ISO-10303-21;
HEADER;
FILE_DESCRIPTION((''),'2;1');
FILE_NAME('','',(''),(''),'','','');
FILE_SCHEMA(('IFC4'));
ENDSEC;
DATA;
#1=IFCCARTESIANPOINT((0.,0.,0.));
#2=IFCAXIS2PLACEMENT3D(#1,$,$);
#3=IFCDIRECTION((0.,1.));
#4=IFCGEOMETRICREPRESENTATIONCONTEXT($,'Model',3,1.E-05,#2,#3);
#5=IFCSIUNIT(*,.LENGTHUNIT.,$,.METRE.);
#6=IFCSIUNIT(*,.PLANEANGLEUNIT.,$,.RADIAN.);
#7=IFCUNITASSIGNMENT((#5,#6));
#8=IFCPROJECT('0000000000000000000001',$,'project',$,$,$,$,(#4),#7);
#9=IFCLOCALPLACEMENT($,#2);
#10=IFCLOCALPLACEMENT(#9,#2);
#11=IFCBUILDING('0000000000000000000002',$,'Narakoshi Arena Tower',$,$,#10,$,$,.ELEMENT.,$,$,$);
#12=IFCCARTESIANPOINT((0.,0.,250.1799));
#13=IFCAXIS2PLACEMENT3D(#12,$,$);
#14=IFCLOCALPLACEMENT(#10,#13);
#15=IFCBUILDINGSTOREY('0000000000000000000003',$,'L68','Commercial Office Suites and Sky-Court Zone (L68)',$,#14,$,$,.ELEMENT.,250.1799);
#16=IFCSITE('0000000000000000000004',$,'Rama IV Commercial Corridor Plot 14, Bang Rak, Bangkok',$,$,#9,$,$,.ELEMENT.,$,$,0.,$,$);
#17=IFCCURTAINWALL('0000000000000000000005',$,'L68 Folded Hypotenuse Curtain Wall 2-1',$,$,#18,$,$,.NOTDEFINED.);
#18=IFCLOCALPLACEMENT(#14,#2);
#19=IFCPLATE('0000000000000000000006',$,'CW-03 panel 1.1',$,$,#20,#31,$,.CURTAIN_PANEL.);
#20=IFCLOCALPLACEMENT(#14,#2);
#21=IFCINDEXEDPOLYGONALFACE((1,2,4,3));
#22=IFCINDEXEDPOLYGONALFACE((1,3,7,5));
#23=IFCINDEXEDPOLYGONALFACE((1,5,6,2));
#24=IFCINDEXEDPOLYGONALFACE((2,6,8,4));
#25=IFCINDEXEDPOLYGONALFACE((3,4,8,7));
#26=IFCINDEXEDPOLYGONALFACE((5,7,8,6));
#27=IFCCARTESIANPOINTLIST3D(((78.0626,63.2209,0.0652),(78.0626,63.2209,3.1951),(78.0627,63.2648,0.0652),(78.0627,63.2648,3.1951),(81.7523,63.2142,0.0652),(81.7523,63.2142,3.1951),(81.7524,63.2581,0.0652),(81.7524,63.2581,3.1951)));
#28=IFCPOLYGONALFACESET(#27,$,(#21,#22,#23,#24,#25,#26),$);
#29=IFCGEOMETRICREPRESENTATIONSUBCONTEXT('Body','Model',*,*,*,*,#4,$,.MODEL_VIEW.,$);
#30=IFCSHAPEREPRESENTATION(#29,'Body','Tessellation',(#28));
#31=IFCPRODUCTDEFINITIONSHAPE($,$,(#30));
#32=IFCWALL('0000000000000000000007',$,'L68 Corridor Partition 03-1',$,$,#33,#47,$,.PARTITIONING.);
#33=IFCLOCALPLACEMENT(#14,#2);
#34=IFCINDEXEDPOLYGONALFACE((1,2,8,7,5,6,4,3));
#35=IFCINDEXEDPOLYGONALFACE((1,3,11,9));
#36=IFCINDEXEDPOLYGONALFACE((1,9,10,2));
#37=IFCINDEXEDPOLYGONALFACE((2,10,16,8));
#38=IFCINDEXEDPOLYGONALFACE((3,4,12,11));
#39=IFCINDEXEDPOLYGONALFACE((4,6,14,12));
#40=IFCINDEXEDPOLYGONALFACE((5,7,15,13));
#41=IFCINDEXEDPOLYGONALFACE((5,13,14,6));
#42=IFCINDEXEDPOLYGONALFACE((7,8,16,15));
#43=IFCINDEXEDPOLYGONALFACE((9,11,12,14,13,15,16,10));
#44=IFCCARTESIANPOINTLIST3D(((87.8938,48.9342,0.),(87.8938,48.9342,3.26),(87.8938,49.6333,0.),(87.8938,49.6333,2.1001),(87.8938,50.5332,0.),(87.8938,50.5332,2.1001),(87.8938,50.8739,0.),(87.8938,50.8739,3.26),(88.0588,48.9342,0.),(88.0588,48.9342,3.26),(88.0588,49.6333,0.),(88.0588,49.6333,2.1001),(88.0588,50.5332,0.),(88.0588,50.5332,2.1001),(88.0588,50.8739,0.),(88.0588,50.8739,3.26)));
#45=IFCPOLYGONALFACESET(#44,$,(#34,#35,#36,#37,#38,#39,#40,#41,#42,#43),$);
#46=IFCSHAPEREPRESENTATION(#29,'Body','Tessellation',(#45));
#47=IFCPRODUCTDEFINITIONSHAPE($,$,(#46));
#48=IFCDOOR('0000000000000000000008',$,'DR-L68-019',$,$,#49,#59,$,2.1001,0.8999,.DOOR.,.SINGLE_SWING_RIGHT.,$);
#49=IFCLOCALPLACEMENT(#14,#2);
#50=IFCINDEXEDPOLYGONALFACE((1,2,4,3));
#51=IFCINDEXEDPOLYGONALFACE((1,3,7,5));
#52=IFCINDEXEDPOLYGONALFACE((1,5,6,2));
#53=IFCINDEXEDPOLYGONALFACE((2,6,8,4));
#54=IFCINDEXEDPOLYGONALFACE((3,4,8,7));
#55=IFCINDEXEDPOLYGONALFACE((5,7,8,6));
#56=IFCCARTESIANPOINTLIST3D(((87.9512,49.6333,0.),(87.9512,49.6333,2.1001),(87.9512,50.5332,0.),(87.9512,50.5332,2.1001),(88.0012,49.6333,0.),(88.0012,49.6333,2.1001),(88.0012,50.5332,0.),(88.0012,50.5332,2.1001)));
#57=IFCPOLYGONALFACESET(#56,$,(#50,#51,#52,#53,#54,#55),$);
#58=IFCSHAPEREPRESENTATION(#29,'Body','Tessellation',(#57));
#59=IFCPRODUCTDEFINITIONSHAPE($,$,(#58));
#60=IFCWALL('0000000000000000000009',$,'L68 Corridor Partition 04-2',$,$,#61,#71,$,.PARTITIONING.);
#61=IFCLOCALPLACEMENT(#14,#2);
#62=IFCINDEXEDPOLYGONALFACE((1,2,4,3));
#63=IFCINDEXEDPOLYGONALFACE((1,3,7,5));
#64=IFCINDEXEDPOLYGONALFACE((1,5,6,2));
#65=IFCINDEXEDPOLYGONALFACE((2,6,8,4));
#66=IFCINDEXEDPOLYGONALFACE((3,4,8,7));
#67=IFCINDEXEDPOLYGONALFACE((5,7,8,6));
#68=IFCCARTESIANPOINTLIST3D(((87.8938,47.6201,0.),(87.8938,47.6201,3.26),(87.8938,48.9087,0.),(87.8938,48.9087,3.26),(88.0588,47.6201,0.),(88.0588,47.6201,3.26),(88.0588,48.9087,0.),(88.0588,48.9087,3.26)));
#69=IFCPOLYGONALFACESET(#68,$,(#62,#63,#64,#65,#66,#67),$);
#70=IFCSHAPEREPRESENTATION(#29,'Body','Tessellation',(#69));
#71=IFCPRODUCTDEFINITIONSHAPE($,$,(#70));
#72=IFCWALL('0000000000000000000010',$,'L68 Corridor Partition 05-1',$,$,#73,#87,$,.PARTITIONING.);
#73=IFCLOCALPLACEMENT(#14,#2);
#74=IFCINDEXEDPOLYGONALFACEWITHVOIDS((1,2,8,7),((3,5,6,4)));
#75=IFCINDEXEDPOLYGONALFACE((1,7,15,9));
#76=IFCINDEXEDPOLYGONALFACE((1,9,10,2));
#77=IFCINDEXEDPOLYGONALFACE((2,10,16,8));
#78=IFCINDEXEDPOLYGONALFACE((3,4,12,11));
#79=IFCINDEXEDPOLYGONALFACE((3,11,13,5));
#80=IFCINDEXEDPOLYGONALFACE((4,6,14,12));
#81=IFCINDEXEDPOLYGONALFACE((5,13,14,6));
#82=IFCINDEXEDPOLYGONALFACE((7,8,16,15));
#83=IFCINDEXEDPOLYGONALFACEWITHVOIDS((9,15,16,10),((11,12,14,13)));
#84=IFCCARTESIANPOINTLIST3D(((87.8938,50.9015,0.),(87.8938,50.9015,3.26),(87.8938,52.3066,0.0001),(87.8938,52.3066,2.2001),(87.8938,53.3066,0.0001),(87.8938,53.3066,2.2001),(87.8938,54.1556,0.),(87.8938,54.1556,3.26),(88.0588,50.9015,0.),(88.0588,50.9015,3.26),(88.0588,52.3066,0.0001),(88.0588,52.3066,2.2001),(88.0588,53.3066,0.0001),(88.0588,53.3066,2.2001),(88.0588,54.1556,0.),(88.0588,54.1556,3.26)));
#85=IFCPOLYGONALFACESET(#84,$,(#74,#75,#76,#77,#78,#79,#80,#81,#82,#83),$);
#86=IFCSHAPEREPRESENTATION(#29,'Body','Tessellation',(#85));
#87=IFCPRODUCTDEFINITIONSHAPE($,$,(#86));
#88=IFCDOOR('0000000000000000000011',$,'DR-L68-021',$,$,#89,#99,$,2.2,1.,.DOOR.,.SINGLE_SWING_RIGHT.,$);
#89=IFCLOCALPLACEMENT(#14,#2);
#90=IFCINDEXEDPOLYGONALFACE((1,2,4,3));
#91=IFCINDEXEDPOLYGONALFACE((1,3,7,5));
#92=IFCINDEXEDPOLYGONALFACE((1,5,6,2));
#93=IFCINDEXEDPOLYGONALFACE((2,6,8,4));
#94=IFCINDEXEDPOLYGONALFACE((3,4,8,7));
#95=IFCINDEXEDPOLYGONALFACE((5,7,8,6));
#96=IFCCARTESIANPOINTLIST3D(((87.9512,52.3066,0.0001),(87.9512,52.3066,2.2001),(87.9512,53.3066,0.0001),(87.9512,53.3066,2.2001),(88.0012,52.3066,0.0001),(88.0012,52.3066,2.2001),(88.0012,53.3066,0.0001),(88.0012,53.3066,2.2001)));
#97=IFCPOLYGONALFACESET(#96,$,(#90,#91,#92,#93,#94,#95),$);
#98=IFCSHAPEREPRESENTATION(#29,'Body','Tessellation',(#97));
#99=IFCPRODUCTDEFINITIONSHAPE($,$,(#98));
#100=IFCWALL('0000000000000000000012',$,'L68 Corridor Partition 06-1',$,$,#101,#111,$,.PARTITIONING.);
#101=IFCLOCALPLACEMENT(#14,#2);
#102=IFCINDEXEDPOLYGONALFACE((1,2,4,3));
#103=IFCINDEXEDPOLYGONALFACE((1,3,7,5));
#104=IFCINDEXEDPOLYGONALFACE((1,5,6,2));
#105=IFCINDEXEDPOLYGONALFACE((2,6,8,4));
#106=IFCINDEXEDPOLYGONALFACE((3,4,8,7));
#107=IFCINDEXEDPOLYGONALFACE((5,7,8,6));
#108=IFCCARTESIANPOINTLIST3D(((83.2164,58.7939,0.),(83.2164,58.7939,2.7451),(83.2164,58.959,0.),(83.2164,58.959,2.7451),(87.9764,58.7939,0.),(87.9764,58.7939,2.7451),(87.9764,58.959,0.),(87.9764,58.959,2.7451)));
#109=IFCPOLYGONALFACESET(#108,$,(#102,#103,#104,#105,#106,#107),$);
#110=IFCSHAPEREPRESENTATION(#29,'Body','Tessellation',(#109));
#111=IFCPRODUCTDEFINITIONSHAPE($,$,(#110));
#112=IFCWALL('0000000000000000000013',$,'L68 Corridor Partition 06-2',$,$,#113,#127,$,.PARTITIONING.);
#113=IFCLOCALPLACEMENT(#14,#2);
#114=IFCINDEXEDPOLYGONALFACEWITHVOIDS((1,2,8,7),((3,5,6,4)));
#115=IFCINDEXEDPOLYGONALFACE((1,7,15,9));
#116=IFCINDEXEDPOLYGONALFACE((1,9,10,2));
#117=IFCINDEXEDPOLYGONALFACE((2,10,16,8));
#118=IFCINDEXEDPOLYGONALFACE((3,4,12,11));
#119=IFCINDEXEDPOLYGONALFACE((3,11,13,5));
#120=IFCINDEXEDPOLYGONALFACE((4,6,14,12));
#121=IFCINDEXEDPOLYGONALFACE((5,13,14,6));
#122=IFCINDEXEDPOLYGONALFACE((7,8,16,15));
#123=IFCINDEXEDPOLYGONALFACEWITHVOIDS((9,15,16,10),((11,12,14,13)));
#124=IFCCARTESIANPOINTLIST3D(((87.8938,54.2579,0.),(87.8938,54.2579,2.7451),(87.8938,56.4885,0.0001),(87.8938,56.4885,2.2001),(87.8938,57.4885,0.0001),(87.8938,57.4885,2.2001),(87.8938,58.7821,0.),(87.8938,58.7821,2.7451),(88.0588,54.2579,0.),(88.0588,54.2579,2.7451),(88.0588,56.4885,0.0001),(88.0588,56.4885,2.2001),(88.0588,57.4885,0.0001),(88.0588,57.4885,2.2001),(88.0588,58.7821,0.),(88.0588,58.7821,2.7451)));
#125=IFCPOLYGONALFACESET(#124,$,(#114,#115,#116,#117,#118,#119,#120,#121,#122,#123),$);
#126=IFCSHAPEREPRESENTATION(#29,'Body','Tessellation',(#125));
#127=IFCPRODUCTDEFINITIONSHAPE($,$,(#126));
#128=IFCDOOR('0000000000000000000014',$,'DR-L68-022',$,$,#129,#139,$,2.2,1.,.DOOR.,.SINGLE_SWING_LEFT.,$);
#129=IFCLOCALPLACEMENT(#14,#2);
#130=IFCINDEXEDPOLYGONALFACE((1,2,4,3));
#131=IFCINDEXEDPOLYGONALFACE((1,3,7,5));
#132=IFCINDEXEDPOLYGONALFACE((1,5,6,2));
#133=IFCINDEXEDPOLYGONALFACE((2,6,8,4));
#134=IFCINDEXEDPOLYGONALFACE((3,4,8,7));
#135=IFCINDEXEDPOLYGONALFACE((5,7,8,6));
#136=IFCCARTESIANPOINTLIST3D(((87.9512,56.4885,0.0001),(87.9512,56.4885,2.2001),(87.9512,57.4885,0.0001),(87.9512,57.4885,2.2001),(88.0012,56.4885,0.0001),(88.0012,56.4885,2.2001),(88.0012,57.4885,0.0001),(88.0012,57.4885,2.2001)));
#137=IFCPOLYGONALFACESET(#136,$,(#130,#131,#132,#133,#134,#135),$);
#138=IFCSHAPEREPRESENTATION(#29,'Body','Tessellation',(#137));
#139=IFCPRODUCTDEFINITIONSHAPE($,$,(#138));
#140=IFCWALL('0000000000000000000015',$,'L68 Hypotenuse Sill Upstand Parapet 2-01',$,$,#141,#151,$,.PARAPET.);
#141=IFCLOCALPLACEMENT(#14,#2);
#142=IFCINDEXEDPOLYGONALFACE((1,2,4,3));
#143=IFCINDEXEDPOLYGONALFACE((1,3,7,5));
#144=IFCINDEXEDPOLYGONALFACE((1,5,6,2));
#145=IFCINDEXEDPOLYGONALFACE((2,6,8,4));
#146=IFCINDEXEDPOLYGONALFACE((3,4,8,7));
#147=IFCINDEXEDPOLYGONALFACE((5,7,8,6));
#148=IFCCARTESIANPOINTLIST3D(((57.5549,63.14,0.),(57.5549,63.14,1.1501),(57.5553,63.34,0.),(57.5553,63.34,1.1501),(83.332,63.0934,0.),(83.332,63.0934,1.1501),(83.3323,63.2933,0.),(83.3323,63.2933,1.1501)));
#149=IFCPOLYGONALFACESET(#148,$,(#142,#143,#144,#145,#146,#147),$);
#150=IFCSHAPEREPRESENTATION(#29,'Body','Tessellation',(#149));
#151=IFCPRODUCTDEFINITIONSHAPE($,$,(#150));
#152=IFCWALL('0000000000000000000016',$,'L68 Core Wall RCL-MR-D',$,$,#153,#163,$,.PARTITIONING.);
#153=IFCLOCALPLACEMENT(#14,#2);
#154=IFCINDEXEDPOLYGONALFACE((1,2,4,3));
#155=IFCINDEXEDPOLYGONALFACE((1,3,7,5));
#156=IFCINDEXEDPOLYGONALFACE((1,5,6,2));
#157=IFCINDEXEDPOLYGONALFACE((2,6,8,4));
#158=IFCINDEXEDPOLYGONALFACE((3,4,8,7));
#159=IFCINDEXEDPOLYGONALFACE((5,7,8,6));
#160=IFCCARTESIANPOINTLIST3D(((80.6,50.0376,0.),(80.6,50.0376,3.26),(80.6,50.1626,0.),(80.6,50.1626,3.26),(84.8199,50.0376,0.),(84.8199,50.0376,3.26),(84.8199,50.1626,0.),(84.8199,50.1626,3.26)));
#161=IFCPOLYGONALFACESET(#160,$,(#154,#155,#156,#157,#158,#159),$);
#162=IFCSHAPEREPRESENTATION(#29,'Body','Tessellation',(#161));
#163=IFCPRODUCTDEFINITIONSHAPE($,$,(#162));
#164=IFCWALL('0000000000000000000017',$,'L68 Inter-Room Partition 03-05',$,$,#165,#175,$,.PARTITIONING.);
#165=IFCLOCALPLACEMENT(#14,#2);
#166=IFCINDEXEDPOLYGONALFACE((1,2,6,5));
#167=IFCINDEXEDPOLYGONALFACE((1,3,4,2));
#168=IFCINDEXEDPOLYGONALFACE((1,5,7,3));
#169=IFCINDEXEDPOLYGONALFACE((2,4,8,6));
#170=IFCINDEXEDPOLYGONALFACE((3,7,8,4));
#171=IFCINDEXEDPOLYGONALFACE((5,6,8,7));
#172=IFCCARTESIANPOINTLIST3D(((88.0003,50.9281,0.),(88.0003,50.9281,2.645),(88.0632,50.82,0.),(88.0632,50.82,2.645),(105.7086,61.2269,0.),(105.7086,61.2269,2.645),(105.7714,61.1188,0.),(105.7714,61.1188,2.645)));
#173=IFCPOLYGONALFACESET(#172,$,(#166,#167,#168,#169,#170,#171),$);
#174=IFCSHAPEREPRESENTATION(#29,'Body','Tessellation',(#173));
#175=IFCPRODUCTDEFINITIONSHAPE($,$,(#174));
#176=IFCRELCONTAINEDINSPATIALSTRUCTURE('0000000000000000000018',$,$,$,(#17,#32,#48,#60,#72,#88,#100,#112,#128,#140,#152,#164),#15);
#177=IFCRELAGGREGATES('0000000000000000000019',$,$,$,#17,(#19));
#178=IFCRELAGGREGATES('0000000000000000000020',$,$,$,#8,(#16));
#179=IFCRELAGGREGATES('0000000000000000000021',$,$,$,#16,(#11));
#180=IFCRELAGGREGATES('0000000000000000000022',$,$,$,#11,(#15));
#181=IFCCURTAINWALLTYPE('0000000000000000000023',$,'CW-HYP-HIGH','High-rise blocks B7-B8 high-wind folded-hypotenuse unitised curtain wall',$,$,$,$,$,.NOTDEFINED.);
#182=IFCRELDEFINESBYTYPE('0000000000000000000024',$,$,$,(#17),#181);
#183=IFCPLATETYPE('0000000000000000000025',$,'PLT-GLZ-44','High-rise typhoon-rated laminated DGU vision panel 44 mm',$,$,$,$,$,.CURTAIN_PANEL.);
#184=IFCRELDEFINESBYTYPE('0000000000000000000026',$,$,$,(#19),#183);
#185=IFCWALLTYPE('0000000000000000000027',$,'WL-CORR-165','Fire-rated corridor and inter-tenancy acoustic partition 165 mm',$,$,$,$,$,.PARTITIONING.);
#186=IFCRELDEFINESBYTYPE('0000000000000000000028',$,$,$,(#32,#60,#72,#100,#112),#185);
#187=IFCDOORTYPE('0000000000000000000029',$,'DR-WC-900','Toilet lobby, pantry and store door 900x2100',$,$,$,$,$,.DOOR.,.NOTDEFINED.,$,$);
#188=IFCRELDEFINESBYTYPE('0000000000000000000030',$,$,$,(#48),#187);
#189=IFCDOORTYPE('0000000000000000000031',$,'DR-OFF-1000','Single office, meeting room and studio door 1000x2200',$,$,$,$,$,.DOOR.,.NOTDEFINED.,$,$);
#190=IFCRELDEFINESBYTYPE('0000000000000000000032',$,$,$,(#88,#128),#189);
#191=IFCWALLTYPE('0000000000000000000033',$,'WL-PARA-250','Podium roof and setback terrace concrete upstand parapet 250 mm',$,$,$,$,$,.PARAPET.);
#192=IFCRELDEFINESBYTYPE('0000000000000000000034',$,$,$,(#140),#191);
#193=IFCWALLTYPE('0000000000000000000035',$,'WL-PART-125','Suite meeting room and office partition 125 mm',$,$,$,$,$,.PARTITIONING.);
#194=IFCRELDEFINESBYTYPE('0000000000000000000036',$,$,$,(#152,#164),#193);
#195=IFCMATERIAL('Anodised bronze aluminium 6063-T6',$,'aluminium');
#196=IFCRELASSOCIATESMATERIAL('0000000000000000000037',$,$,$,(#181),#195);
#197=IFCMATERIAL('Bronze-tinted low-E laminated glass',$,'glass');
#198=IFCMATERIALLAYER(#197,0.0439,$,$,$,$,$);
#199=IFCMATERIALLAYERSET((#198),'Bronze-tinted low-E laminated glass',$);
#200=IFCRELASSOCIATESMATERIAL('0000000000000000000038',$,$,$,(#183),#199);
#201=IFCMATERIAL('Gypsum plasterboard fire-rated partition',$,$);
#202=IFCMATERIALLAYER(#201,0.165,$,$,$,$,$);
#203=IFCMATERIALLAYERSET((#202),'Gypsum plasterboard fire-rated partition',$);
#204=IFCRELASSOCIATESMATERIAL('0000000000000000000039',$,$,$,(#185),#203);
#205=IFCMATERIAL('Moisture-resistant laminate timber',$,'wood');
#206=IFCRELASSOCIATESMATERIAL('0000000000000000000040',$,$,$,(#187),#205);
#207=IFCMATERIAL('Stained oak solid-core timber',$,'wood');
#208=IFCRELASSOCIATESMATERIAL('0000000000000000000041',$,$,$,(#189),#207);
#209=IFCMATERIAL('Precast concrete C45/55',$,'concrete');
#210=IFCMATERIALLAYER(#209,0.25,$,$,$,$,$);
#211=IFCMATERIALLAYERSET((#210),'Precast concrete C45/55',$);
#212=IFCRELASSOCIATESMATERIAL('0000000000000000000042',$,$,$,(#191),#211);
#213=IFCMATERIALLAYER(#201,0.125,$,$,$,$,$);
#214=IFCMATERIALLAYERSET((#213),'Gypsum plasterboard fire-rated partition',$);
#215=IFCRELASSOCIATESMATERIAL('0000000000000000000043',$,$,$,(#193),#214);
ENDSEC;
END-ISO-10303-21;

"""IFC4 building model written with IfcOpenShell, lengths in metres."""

from ifc_helpers import new_model, si_unit, direction, frame, frame_2d, origin, origin_2d, place, context, subcontext, project, spatial, rectangle, extrude, material, layer, layer_set, type_object, element, fill, aggregate, save


model = new_model("IFC4")

# Units and contexts
model_context = context("Model", 3, precision=1e-05, world=origin(), true_north=direction((0.0, 1.0)))
body_context = subcontext(model_context, "Body", "Model", "MODEL_VIEW")
ifc_project = project(units=[si_unit("LENGTHUNIT", "METRE"), si_unit("PLANEANGLEUNIT", "RADIAN")], contexts=[model_context])

# Site, building, storey
site_placement = place(None, origin())
site = spatial("IfcSite", under=ifc_project, at=site_placement, Name="Rama IV Commercial Corridor Plot 14, Bang Rak, Bangkok", CompositionType="ELEMENT", RefElevation=0.0)
building_placement = place(site_placement, origin())
building = spatial("IfcBuilding", under=site, at=building_placement, Name="Narakoshi Arena Tower", CompositionType="ELEMENT")
storey_placement = place(building_placement, frame((0.0, 0.0, 250.1799)))
storey = spatial("IfcBuildingStorey", under=building, at=storey_placement, Name="L68", Description="Commercial Office Suites and Sky-Court Zone (L68)", CompositionType="ELEMENT", Elevation=250.1799)

# Shared definitions
ifc_material_1 = material(Name="Anodised bronze aluminium 6063-T6", Category="aluminium")
curtain_wall_type = type_object("IfcCurtainWallType", Name="CW-HYP-HIGH", Description="High-rise blocks B7-B8 high-wind folded-hypotenuse unitised curtain wall", PredefinedType="NOTDEFINED", material=ifc_material_1)

# Curtain wall
curtain_wall_1_placement = place(storey_placement, origin())
curtain_wall_1 = element("IfcCurtainWall", 1, at=curtain_wall_1_placement, inside=storey, type_object=curtain_wall_type, Name="L68 Folded Hypotenuse Curtain Wall 2-1", PredefinedType="NOTDEFINED")

# Plate
ifc_material_2 = material(Name="Bronze-tinted low-E laminated glass", Category="glass")
ifc_layer_1 = layer(ifc_material_2, 0.0439)
ifc_layer_set_1 = layer_set([ifc_layer_1], Name="Bronze-tinted low-E laminated glass")
plate_type = type_object("IfcPlateType", Name="PLT-GLZ-44", Description="High-rise typhoon-rated laminated DGU vision panel 44 mm", PredefinedType="CURTAIN_PANEL", material=ifc_layer_set_1)
plate_1_placement = place(storey_placement, frame((79.9075, 63.2395, 0.0652), z_axis=(0.0, 0.0, 1.0), x_axis=(-0.999998, 0.00182, 0.0)))
plate_1 = element("IfcPlate", 2, at=plate_1_placement, type_object=plate_type, Name="CW-03 panel 1.1", PredefinedType="CURTAIN_PANEL", context=body_context, shape_type="SweptSolid", body=[
    extrude(rectangle(XDim=3.6897, YDim=0.0439, at=origin_2d()), origin(), (0.0, 0.0, 1.0), 3.1299),
])
aggregate(curtain_wall_1, [plate_1])

# Wall, opening, door
ifc_material_3 = material(Name="Gypsum plasterboard fire-rated partition")
ifc_layer_2 = layer(ifc_material_3, 0.165)
ifc_layer_set_2 = layer_set([ifc_layer_2], Name="Gypsum plasterboard fire-rated partition")
wall_type_1 = type_object("IfcWallType", Name="WL-CORR-165", Description="Fire-rated corridor and inter-tenancy acoustic partition 165 mm", PredefinedType="PARTITIONING", material=ifc_layer_set_2)
wall_1_placement = place(storey_placement, frame((87.9763, 48.9343, 0.0), z_axis=(0.0, 0.0, 1.0), x_axis=(0.0, 1.0, 0.0)))
wall_1 = element("IfcWall", 3, at=wall_1_placement, inside=storey, type_object=wall_type_1, Name="L68 Corridor Partition 03-1", PredefinedType="PARTITIONING", context=body_context, shape_type="SweptSolid", body=[
    extrude(rectangle(XDim=1.9397, YDim=0.165, at=frame_2d((0.9697, 0.0))), origin(), (0.0, 0.0, 1.0), 3.26),
])
opening_1_placement = place(wall_1_placement, frame((0.699, 0.0, 0.0)))
opening_1 = element("IfcOpeningElement", 4, at=opening_1_placement, cuts=wall_1, PredefinedType="OPENING", context=body_context, shape_type="SweptSolid", body=[
    extrude(rectangle(XDim=0.8999, YDim=2.1001, at=frame_2d((0.45, 1.05))), frame((0.0, 0.0925, 0.0), z_axis=(0.0, -1.0, 0.0), x_axis=(1.0, 0.0, 0.0)), (0.0, 0.0, 1.0), 0.1851),
])
ifc_material_4 = material(Name="Moisture-resistant laminate timber", Category="wood")
door_type_1 = type_object("IfcDoorType", Name="DR-WC-900", Description="Toilet lobby, pantry and store door 900x2100", OperationType="NOTDEFINED", PredefinedType="DOOR", material=ifc_material_4)
door_1_placement = place(opening_1_placement, frame((0.8999, 0.0, 0.0), z_axis=(0.0, 0.0, 1.0), x_axis=(-1.0, 0.0, 0.0)))
door_1 = element("IfcDoor", 5, at=door_1_placement, inside=storey, type_object=door_type_1, Name="DR-L68-019", OperationType="SINGLE_SWING_RIGHT", OverallHeight=2.1001, OverallWidth=0.8999, PredefinedType="DOOR", context=body_context, shape_type="SweptSolid", body=[
    extrude(rectangle(XDim=0.8999, YDim=2.1001, at=frame_2d((0.45, 1.05))), frame((0.0, 0.0249, 0.0), z_axis=(0.0, -1.0, 0.0), x_axis=(1.0, 0.0, 0.0)), (0.0, 0.0, 1.0), 0.05),
])
fill(opening_1, door_1)

# Wall
wall_2_placement = place(storey_placement, frame((87.9763, 47.6201, 0.0), z_axis=(0.0, 0.0, 1.0), x_axis=(0.0, 1.0, 0.0)))
element("IfcWall", 6, at=wall_2_placement, inside=storey, type_object=wall_type_1, Name="L68 Corridor Partition 04-2", PredefinedType="PARTITIONING", context=body_context, shape_type="SweptSolid", body=[
    extrude(rectangle(XDim=1.2886, YDim=0.165, at=frame_2d((0.6443, 0.0))), origin(), (0.0, 0.0, 1.0), 3.26),
])

# Wall, opening, door
wall_3_placement = place(storey_placement, frame((87.9763, 50.9016, 0.0), z_axis=(0.0, 0.0, 1.0), x_axis=(0.0, 1.0, 0.0)))
wall_3 = element("IfcWall", 7, at=wall_3_placement, inside=storey, type_object=wall_type_1, Name="L68 Corridor Partition 05-1", PredefinedType="PARTITIONING", context=body_context, shape_type="SweptSolid", body=[
    extrude(rectangle(XDim=3.2542, YDim=0.165, at=frame_2d((1.627, 0.0))), origin(), (0.0, 0.0, 1.0), 3.26),
])
opening_2_placement = place(wall_3_placement, frame((1.405, 0.0, 0.0)))
opening_2 = element("IfcOpeningElement", 8, at=opening_2_placement, cuts=wall_3, PredefinedType="OPENING", context=body_context, shape_type="SweptSolid", body=[
    extrude(rectangle(XDim=1.0, YDim=2.2, at=frame_2d((0.5, 1.1001))), frame((0.0, 0.0925, 0.0), z_axis=(0.0, -1.0, 0.0), x_axis=(1.0, 0.0, 0.0)), (0.0, 0.0, 1.0), 0.1851),
])
ifc_material_5 = material(Name="Stained oak solid-core timber", Category="wood")
door_type_2 = type_object("IfcDoorType", Name="DR-OFF-1000", Description="Single office, meeting room and studio door 1000x2200", OperationType="NOTDEFINED", PredefinedType="DOOR", material=ifc_material_5)
door_2_placement = place(opening_2_placement, frame((1.0, 0.0, 0.0), z_axis=(0.0, 0.0, 1.0), x_axis=(-1.0, 0.0, 0.0)))
door_2 = element("IfcDoor", 9, at=door_2_placement, inside=storey, type_object=door_type_2, Name="DR-L68-021", OperationType="SINGLE_SWING_RIGHT", OverallHeight=2.2, OverallWidth=1.0, PredefinedType="DOOR", context=body_context, shape_type="SweptSolid", body=[
    extrude(rectangle(XDim=1.0, YDim=2.2, at=frame_2d((0.5, 1.1001))), frame((0.0, 0.0249, 0.0), z_axis=(0.0, -1.0, 0.0), x_axis=(1.0, 0.0, 0.0)), (0.0, 0.0, 1.0), 0.05),
])
fill(opening_2, door_2)

# Wall
wall_4_placement = place(storey_placement, frame((87.9763, 58.8765, 0.0), z_axis=(0.0, 0.0, 1.0), x_axis=(-1.0, 0.0, 0.0)))
element("IfcWall", 10, at=wall_4_placement, inside=storey, type_object=wall_type_1, Name="L68 Corridor Partition 06-1", PredefinedType="PARTITIONING", context=body_context, shape_type="SweptSolid", body=[
    extrude(rectangle(XDim=4.76, YDim=0.165, at=frame_2d((2.3799, 0.0))), origin(), (0.0, 0.0, 1.0), 2.7451),
])

# Wall, opening, door
wall_5_placement = place(storey_placement, frame((87.9763, 54.2578, 0.0), z_axis=(0.0, 0.0, 1.0), x_axis=(0.0, 1.0, 0.0)))
wall_5 = element("IfcWall", 11, at=wall_5_placement, inside=storey, type_object=wall_type_1, Name="L68 Corridor Partition 06-2", PredefinedType="PARTITIONING", context=body_context, shape_type="SweptSolid", body=[
    extrude(rectangle(XDim=4.5242, YDim=0.165, at=frame_2d((2.2622, 0.0))), origin(), (0.0, 0.0, 1.0), 2.7451),
])
opening_3_placement = place(wall_5_placement, frame((2.2307, 0.0, 0.0)))
opening_3 = element("IfcOpeningElement", 12, at=opening_3_placement, cuts=wall_5, PredefinedType="OPENING", context=body_context, shape_type="SweptSolid", body=[
    extrude(rectangle(XDim=1.0, YDim=2.2, at=frame_2d((0.5, 1.1001))), frame((0.0, 0.0925, 0.0), z_axis=(0.0, -1.0, 0.0), x_axis=(1.0, 0.0, 0.0)), (0.0, 0.0, 1.0), 0.1851),
])
door_3_placement = place(opening_3_placement, frame((1.0, 0.0, 0.0), z_axis=(0.0, 0.0, 1.0), x_axis=(-1.0, 0.0, 0.0)))
door_3 = element("IfcDoor", 13, at=door_3_placement, inside=storey, type_object=door_type_2, Name="DR-L68-022", OperationType="SINGLE_SWING_LEFT", OverallHeight=2.2, OverallWidth=1.0, PredefinedType="DOOR", context=body_context, shape_type="SweptSolid", body=[
    extrude(rectangle(XDim=1.0, YDim=2.2, at=frame_2d((0.5, 1.1001))), frame((0.0, 0.0249, 0.0), z_axis=(0.0, -1.0, 0.0), x_axis=(1.0, 0.0, 0.0)), (0.0, 0.0, 1.0), 0.05),
])
fill(opening_3, door_3)

# Walls
ifc_material_6 = material(Name="Precast concrete C45/55", Category="concrete")
ifc_layer_3 = layer(ifc_material_6, 0.25)
ifc_layer_set_3 = layer_set([ifc_layer_3], Name="Precast concrete C45/55")
wall_type_2 = type_object("IfcWallType", Name="WL-PARA-250", Description="Podium roof and setback terrace concrete upstand parapet 250 mm", PredefinedType="PARAPET", material=ifc_layer_set_3)
wall_6_placement = place(storey_placement, frame((83.3323, 63.1934, 0.0), z_axis=(0.0, 0.0, 1.0), x_axis=(-0.999998, 0.001809, 0.0)))
element("IfcWall", 14, at=wall_6_placement, inside=storey, type_object=wall_type_2, Name="L68 Hypotenuse Sill Upstand Parapet 2-01", PredefinedType="PARAPET", context=body_context, shape_type="SweptSolid", body=[
    extrude(rectangle(XDim=25.7771, YDim=0.2, at=frame_2d((12.8887, 0.0))), origin(), (0.0, 0.0, 1.0), 1.1501),
])
ifc_layer_4 = layer(ifc_material_3, 0.125)
ifc_layer_set_4 = layer_set([ifc_layer_4], Name="Gypsum plasterboard fire-rated partition")
wall_type_3 = type_object("IfcWallType", Name="WL-PART-125", Description="Suite meeting room and office partition 125 mm", PredefinedType="PARTITIONING", material=ifc_layer_set_4)
wall_7_placement = place(storey_placement, frame((80.6001, 50.1001, 0.0), z_axis=(0.0, 0.0, 1.0), x_axis=(1.0, 0.0, 0.0)))
element("IfcWall", 15, at=wall_7_placement, inside=storey, type_object=wall_type_3, Name="L68 Core Wall RCL-MR-D", PredefinedType="PARTITIONING", context=body_context, shape_type="SweptSolid", body=[
    extrude(rectangle(XDim=4.22, YDim=0.125, at=frame_2d((2.1099, 0.0))), origin(), (0.0, 0.0, 1.0), 3.26),
])
wall_8_placement = place(storey_placement, frame((88.0317, 50.874, 0.0), z_axis=(0.0, 0.0, 1.0), x_axis=(0.864436, 0.502742, 0.0)))
element("IfcWall", 16, at=wall_8_placement, inside=storey, type_object=wall_type_3, Name="L68 Inter-Room Partition 03-05", PredefinedType="PARTITIONING", context=body_context, shape_type="SweptSolid", body=[
    extrude(rectangle(XDim=20.4854, YDim=0.125, at=frame_2d((10.2427, 0.0))), origin(), (0.0, 0.0, 1.0), 2.645),
])

save(model, "model.ifc")
